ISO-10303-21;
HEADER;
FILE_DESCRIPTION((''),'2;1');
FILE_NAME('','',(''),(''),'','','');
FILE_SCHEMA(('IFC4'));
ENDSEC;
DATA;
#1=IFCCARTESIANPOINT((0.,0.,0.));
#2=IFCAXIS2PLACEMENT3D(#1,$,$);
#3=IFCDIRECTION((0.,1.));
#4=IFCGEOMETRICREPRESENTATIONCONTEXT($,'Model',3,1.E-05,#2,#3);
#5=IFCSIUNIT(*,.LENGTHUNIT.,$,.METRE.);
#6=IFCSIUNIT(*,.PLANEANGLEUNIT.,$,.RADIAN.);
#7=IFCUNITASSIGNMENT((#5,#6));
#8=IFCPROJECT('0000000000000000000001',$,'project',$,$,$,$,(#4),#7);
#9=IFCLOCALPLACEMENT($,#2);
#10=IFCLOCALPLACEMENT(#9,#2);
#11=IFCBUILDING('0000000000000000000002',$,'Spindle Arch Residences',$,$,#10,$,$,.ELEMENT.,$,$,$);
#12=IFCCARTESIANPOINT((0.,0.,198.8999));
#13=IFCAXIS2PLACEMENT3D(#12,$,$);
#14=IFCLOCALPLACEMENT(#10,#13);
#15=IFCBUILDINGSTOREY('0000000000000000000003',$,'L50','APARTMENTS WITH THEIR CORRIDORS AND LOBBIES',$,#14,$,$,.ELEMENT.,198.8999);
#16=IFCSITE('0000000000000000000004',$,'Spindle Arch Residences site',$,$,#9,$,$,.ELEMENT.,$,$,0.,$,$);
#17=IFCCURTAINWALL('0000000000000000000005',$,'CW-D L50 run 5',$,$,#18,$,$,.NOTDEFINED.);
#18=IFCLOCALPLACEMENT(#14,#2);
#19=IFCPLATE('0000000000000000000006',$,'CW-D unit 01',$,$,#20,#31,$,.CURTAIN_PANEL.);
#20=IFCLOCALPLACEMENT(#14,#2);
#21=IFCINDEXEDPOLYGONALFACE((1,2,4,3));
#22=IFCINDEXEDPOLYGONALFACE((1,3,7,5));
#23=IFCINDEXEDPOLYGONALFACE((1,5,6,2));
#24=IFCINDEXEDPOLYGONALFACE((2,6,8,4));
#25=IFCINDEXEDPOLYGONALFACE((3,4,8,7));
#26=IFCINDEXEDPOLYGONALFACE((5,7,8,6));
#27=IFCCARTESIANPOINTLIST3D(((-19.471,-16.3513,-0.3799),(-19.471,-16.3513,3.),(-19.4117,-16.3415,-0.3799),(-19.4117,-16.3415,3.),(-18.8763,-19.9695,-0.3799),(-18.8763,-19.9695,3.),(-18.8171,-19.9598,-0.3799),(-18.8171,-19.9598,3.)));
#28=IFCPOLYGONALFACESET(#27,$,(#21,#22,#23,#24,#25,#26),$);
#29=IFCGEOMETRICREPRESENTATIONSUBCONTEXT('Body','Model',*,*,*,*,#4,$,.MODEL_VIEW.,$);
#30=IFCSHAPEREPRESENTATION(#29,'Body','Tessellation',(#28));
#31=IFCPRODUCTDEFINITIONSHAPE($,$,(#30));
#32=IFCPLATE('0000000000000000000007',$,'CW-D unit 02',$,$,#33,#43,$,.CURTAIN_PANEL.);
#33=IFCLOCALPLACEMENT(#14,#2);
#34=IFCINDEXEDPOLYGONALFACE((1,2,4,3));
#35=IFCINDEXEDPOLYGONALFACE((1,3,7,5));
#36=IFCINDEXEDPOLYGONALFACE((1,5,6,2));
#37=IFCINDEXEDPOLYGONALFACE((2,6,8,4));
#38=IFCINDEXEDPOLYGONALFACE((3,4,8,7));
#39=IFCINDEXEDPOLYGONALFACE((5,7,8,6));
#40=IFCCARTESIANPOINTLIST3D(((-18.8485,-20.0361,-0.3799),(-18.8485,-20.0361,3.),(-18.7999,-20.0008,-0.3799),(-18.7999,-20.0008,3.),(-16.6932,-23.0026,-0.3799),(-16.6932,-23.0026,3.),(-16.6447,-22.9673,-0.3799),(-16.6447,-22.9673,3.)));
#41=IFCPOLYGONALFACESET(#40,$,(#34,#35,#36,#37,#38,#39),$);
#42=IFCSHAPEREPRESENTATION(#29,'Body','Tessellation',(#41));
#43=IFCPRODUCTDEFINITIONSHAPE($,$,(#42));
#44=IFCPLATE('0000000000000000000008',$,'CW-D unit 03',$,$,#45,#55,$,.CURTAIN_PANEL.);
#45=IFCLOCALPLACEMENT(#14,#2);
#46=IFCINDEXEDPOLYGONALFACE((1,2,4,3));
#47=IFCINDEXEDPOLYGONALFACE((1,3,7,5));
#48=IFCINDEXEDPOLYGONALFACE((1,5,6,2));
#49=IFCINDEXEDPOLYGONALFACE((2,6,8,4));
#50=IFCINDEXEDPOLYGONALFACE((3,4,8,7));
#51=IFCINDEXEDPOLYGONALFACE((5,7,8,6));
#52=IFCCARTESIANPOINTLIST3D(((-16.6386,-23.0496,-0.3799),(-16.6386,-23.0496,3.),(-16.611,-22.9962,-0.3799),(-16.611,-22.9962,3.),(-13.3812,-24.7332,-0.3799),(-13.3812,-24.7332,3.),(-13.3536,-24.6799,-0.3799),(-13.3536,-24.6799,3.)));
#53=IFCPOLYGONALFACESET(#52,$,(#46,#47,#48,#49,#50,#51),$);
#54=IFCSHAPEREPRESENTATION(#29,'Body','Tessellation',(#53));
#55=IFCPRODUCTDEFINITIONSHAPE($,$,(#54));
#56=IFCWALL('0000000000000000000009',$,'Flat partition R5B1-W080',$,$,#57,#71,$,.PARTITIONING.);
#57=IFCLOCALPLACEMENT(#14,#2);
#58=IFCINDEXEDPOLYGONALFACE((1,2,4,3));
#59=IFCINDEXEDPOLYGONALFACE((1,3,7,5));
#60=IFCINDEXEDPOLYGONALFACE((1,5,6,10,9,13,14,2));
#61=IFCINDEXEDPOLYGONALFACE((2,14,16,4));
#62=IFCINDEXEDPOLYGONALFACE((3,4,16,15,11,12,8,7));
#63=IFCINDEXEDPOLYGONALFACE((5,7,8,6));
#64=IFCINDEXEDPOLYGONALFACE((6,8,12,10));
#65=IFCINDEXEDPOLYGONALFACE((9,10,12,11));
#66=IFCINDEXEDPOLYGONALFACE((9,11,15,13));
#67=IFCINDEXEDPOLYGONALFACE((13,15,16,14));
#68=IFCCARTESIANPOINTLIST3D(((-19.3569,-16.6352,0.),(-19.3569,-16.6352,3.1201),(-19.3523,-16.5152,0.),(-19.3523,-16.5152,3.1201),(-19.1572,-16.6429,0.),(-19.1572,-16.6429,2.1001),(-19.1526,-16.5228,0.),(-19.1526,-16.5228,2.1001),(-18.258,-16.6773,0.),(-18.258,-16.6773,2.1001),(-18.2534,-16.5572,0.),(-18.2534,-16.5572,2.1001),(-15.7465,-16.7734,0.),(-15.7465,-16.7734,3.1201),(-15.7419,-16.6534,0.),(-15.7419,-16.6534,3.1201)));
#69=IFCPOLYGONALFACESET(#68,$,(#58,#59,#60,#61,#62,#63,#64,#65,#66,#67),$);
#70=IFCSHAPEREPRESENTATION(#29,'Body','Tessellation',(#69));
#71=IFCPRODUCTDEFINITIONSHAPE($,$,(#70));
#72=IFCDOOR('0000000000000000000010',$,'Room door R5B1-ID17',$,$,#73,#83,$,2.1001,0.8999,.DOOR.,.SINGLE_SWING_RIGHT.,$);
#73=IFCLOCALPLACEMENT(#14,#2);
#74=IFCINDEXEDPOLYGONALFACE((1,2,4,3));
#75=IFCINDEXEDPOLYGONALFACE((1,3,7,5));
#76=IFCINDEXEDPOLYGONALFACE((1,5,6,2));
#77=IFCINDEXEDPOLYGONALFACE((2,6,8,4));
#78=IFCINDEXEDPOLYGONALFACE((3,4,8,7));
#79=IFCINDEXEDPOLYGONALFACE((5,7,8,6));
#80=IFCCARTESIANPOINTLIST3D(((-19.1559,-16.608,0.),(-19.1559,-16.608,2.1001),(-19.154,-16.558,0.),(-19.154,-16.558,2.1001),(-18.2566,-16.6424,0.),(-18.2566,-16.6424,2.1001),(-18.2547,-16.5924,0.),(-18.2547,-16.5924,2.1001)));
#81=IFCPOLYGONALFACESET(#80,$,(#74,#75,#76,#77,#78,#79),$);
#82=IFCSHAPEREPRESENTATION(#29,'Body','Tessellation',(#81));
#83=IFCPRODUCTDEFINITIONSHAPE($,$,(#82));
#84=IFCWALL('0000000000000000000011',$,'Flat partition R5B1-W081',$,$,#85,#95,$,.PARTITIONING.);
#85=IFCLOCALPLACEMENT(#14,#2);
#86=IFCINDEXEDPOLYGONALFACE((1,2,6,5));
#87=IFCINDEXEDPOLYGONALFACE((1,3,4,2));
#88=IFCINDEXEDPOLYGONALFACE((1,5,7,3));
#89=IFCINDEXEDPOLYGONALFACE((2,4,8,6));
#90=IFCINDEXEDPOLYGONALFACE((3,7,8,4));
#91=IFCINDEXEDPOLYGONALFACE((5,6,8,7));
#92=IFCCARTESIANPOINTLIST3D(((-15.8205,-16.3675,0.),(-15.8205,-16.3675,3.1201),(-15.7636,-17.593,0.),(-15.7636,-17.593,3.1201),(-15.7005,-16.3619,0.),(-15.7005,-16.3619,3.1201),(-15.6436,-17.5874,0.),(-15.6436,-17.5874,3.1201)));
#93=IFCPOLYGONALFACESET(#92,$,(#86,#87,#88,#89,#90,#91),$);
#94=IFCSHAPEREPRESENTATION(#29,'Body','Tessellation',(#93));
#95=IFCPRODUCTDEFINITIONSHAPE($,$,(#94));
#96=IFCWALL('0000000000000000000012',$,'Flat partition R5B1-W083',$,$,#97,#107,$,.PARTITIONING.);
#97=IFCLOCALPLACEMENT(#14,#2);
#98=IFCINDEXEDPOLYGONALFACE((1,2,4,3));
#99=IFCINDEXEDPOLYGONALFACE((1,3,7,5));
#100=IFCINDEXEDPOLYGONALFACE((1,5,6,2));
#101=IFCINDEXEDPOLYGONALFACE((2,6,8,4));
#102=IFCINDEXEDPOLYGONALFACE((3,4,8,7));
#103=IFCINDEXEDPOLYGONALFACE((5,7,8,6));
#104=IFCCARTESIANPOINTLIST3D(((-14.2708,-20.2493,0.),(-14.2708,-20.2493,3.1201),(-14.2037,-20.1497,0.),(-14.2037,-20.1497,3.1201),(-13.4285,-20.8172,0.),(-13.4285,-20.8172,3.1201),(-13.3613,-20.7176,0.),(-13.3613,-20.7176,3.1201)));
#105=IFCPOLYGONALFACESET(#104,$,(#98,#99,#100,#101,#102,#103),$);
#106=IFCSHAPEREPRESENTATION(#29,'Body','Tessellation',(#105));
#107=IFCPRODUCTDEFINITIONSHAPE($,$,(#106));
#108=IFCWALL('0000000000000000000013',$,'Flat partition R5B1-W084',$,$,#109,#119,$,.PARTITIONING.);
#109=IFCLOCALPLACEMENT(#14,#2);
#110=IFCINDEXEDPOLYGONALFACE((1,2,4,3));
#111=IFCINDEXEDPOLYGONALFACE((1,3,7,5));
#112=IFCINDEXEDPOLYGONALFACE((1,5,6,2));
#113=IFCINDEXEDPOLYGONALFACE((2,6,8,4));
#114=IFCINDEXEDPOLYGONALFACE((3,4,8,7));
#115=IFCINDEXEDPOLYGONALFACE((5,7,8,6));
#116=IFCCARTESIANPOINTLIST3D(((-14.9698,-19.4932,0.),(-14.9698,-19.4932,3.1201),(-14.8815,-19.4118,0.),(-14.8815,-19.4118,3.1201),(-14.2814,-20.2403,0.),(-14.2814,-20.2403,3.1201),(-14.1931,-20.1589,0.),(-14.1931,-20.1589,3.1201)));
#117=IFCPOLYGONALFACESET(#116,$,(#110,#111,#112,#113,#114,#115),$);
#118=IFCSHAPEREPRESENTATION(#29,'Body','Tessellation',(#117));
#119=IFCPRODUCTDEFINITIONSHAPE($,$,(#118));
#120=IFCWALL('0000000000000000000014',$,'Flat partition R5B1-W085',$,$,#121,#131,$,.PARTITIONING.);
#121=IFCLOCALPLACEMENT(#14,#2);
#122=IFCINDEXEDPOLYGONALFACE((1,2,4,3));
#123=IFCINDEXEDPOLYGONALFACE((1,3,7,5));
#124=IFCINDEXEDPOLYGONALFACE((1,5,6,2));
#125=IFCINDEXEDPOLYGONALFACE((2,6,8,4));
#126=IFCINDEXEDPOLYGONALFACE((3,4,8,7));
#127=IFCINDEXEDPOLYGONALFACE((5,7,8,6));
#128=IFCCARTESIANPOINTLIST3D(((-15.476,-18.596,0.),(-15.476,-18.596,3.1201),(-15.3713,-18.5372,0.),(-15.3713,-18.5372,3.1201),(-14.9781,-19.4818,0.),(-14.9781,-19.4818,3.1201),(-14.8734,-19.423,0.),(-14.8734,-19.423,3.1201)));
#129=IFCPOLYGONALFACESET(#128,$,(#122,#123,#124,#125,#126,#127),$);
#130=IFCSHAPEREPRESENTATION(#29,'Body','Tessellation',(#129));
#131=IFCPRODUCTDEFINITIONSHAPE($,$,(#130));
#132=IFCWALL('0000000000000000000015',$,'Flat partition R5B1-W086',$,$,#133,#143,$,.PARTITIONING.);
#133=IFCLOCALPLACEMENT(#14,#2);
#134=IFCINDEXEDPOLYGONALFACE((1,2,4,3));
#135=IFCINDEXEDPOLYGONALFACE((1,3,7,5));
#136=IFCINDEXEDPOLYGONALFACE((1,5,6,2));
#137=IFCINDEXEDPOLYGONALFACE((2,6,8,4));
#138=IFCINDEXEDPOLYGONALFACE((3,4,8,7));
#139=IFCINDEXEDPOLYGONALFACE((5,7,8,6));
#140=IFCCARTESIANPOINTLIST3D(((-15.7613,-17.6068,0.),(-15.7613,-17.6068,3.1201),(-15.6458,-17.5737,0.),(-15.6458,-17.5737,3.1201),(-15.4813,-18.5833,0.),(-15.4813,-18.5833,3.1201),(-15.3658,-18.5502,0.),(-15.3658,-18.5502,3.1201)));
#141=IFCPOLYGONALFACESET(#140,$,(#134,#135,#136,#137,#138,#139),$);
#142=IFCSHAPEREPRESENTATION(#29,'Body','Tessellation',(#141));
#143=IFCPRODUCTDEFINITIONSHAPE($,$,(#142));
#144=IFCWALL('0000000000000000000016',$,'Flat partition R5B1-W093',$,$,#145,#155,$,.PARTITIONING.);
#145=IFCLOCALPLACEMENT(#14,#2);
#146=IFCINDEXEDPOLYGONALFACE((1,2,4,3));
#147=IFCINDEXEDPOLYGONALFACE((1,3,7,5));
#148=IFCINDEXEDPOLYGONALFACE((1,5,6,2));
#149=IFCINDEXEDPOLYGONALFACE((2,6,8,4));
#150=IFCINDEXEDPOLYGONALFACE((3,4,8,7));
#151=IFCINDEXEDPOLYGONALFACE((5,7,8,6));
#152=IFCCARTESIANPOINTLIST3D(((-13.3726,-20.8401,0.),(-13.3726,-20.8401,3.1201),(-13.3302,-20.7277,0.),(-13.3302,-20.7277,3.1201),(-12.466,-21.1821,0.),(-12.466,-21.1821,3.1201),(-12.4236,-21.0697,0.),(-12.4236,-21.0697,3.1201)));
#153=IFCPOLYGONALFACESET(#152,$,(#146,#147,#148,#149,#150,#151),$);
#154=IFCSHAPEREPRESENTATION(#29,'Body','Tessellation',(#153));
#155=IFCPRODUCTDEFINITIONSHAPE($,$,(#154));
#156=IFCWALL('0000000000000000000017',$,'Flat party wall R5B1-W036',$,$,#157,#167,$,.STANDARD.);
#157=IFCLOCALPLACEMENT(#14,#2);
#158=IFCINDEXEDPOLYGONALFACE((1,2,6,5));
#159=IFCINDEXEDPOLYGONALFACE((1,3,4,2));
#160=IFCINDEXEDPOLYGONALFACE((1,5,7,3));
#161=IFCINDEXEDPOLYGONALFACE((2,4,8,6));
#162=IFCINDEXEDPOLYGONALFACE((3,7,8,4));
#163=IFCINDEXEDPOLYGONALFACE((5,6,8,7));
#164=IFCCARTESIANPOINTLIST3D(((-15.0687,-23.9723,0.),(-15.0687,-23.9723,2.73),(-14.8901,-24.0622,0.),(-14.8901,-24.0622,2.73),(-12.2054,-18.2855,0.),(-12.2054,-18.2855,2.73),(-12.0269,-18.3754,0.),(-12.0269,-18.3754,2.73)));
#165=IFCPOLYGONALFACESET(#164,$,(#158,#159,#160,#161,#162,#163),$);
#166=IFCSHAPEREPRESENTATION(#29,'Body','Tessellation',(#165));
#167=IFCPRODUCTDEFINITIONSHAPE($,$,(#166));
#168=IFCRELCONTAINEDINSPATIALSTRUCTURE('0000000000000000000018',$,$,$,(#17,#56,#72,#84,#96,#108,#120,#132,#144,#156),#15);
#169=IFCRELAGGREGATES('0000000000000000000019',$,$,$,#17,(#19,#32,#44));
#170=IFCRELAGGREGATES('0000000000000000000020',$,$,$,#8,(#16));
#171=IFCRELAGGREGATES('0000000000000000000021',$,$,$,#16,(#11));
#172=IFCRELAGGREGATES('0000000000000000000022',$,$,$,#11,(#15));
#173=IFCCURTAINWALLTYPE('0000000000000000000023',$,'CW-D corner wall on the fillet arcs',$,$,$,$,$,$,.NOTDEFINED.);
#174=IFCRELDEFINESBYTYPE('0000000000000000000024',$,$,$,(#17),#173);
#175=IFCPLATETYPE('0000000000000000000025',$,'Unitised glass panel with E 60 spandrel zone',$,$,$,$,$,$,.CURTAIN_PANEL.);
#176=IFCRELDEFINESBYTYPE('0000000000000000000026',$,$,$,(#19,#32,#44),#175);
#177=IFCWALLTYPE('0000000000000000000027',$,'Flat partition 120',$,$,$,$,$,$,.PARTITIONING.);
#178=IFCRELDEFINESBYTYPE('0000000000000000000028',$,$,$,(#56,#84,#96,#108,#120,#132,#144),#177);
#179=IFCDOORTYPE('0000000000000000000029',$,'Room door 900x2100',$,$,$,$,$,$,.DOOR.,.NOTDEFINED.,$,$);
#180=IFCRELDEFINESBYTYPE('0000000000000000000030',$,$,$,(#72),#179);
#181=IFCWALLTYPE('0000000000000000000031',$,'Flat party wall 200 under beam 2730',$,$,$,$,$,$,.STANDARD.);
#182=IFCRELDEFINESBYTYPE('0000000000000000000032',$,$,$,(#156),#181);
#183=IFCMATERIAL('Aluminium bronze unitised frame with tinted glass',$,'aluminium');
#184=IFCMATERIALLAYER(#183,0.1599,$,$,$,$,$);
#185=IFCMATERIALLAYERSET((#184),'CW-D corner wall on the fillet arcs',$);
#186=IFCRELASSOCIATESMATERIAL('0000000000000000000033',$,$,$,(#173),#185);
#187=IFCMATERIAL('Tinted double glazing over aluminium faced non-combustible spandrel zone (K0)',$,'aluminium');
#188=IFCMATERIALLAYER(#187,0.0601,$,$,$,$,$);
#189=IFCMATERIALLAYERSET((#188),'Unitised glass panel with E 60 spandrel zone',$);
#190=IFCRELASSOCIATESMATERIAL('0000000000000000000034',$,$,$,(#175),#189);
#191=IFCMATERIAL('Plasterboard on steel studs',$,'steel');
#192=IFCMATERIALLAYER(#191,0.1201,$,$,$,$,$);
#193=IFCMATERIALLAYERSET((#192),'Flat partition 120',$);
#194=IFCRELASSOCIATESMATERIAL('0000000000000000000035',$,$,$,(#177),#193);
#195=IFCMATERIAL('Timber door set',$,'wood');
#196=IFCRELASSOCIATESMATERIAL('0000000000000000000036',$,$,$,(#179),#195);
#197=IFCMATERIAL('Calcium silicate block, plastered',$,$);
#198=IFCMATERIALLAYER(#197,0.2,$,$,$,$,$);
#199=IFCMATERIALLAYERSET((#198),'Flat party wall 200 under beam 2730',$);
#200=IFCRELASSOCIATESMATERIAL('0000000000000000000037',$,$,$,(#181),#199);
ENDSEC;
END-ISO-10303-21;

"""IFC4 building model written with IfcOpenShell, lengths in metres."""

from ifc_helpers import new_model, si_unit, direction, frame, frame_2d, origin, origin_2d, place, context, subcontext, project, spatial, rectangle, extrude, material, layer, layer_set, type_object, element, fill, aggregate, save


model = new_model("IFC4")

# Units and contexts
model_context = context("Model", 3, precision=1e-05, world=origin(), true_north=direction((0.0, 1.0)))
body_context = subcontext(model_context, "Body", "Model", "MODEL_VIEW")
ifc_project = project(units=[si_unit("LENGTHUNIT", "METRE"), si_unit("PLANEANGLEUNIT", "RADIAN")], contexts=[model_context])

# Site, building, storey
site_placement = place(None, origin())
site = spatial("IfcSite", under=ifc_project, at=site_placement, Name="Spindle Arch Residences site", CompositionType="ELEMENT", RefElevation=0.0)
building_placement = place(site_placement, origin())
building = spatial("IfcBuilding", under=site, at=building_placement, Name="Spindle Arch Residences", CompositionType="ELEMENT")
storey_placement = place(building_placement, frame((0.0, 0.0, 198.8999)))
storey = spatial("IfcBuildingStorey", under=building, at=storey_placement, Name="L50", Description="APARTMENTS WITH THEIR CORRIDORS AND LOBBIES", CompositionType="ELEMENT", Elevation=198.8999)

# Curtain wall
ifc_material_1 = material(Name="Aluminium bronze unitised frame with tinted glass", Category="aluminium")
ifc_layer_1 = layer(ifc_material_1, 0.1599)
ifc_layer_set_1 = layer_set([ifc_layer_1], Name="CW-D corner wall on the fillet arcs")
curtain_wall_type = type_object("IfcCurtainWallType", Name="CW-D corner wall on the fillet arcs", PredefinedType="NOTDEFINED", material=ifc_layer_set_1)
curtain_wall_placement = place(storey_placement, origin())
curtain_wall = element("IfcCurtainWall", 1, at=curtain_wall_placement, inside=storey, type_object=curtain_wall_type, Name="CW-D L50 run 5", PredefinedType="NOTDEFINED")

# Plates
ifc_material_2 = material(Name="Tinted double glazing over aluminium faced non-combustible spandrel zone (K0)", Category="aluminium")
ifc_layer_2 = layer(ifc_material_2, 0.0601)
ifc_layer_set_2 = layer_set([ifc_layer_2], Name="Unitised glass panel with E 60 spandrel zone")
plate_type = type_object("IfcPlateType", Name="Unitised glass panel with E 60 spandrel zone", PredefinedType="CURTAIN_PANEL", material=ifc_layer_set_2)
plate_1_placement = place(storey_placement, frame((-19.144, -18.1555, -0.3799), z_axis=(0.0, 0.0, 1.0), x_axis=(0.162178, -0.986762, 0.0)))
plate_1 = element("IfcPlate", 2, at=plate_1_placement, type_object=plate_type, Name="CW-D unit 01", PredefinedType="CURTAIN_PANEL", context=body_context, shape_type="SweptSolid", body=[
    extrude(rectangle(XDim=3.6667, YDim=0.0601, at=origin_2d()), origin(), (0.0, 0.0, 1.0), 3.3799),
])
plate_2_placement = place(storey_placement, frame((-17.7466, -21.5017, -0.3799), z_axis=(0.0, 0.0, 1.0), x_axis=(0.587785, -0.809017, 0.0)))
plate_2 = element("IfcPlate", 3, at=plate_2_placement, type_object=plate_type, Name="CW-D unit 02", PredefinedType="CURTAIN_PANEL", context=body_context, shape_type="SweptSolid", body=[
    extrude(rectangle(XDim=3.6667, YDim=0.0601, at=origin_2d()), origin(), (0.0, 0.0, 1.0), 3.3799),
])
plate_3_placement = place(storey_placement, frame((-14.9961, -23.8647, -0.3799), z_axis=(0.0, 0.0, 1.0), x_axis=(0.88835, -0.459166, 0.0)))
plate_3 = element("IfcPlate", 4, at=plate_3_placement, type_object=plate_type, Name="CW-D unit 03", PredefinedType="CURTAIN_PANEL", context=body_context, shape_type="SweptSolid", body=[
    extrude(rectangle(XDim=3.6667, YDim=0.0601, at=origin_2d()), origin(), (0.0, 0.0, 1.0), 3.3799),
])
aggregate(curtain_wall, [plate_1, plate_2, plate_3])

# Wall, opening, door
ifc_material_3 = material(Name="Plasterboard on steel studs", Category="steel")
ifc_layer_3 = layer(ifc_material_3, 0.1201)
ifc_layer_set_3 = layer_set([ifc_layer_3], Name="Flat partition 120")
wall_type_1 = type_object("IfcWallType", Name="Flat partition 120", PredefinedType="PARTITIONING", material=ifc_layer_set_3)
wall_1_placement = place(storey_placement, frame((-19.3547, -16.5752, 0.0), z_axis=(0.0, 0.0, 1.0), x_axis=(0.999268, -0.038246, 0.0)))
wall_1 = element("IfcWall", 5, at=wall_1_placement, inside=storey, type_object=wall_type_1, Name="Flat partition R5B1-W080", PredefinedType="PARTITIONING", context=body_context, shape_type="SweptSolid", body=[
    extrude(rectangle(XDim=3.613, YDim=0.1201, at=frame_2d((1.8066, 0.0))), origin(), (0.0, 0.0, 1.0), 3.1201),
])
opening_placement = place(wall_1_placement, frame((0.2, 0.0, 0.0)))
opening = element("IfcOpeningElement", 6, at=opening_placement, cuts=wall_1, PredefinedType="OPENING", context=body_context, shape_type="SweptSolid", body=[
    extrude(rectangle(XDim=0.8999, YDim=2.1001, at=frame_2d((0.45, 1.05))), frame((0.0, 0.0701, 0.0), z_axis=(0.0, -1.0, 0.0), x_axis=(1.0, 0.0, 0.0)), (0.0, 0.0, 1.0), 0.1401),
])
ifc_material_4 = material(Name="Timber door set", Category="wood")
door_type = type_object("IfcDoorType", Name="Room door 900x2100", OperationType="NOTDEFINED", PredefinedType="DOOR", material=ifc_material_4)
door_placement = place(opening_placement, origin())
door = element("IfcDoor", 7, at=door_placement, inside=storey, type_object=door_type, Name="Room door R5B1-ID17", OperationType="SINGLE_SWING_RIGHT", OverallHeight=2.1001, OverallWidth=0.8999, PredefinedType="DOOR", context=body_context, shape_type="SweptSolid", body=[
    extrude(rectangle(XDim=0.8999, YDim=2.1001, at=frame_2d((0.45, 1.05))), frame((0.0, 0.0249, 0.0), z_axis=(0.0, -1.0, 0.0), x_axis=(1.0, 0.0, 0.0)), (0.0, 0.0, 1.0), 0.05),
])
fill(opening, door)

# Walls
wall_2_placement = place(storey_placement, frame((-15.7036, -17.5901, 0.0), z_axis=(0.0, 0.0, 1.0), x_axis=(-0.046364, 0.998925, 0.0)))
element("IfcWall", 8, at=wall_2_placement, inside=storey, type_object=wall_type_1, Name="Flat partition R5B1-W081", PredefinedType="PARTITIONING", context=body_context, shape_type="SweptSolid", body=[
    extrude(rectangle(XDim=1.2268, YDim=0.1201, at=frame_2d((0.6133, 0.0))), origin(), (0.0, 0.0, 1.0), 3.1201),
])
for number, where, z_axis, x_axis, name in (
    (9, (-13.395, -20.7673, 0.0), (0.0, 0.0, 1.0), (-0.829155, 0.559019, 0.0), "Flat partition R5B1-W083"),
    (10, (-14.2373, -20.1995, 0.0), (0.0, 0.0, 1.0), (-0.677681, 0.735356, 0.0), "Flat partition R5B1-W084"),
):
    element("IfcWall", number, at=place(storey_placement, frame(where, z_axis=z_axis, x_axis=x_axis)), inside=storey, type_object=wall_type_1, Name=name, PredefinedType="PARTITIONING", context=body_context, shape_type="SweptSolid", body=[
        extrude(rectangle(XDim=1.0159, YDim=0.1201, at=frame_2d((0.5078, 0.0))), origin(), (0.0, 0.0, 1.0), 3.1201),
    ])
wall_3_placement = place(storey_placement, frame((-14.9258, -19.4524, 0.0), z_axis=(0.0, 0.0, 1.0), x_axis=(-0.489942, 0.871755, 0.0)))
element("IfcWall", 11, at=wall_3_placement, inside=storey, type_object=wall_type_1, Name="Flat partition R5B1-W085", PredefinedType="PARTITIONING", context=body_context, shape_type="SweptSolid", body=[
    extrude(rectangle(XDim=1.0161, YDim=0.1201, at=frame_2d((0.5081, 0.0))), origin(), (0.0, 0.0, 1.0), 3.1201),
])
wall_4_placement = place(storey_placement, frame((-15.4236, -18.5667, 0.0), z_axis=(0.0, 0.0, 1.0), x_axis=(-0.275641, 0.961261, 0.0)))
element("IfcWall", 12, at=wall_4_placement, inside=storey, type_object=wall_type_1, Name="Flat partition R5B1-W086", PredefinedType="PARTITIONING", context=body_context, shape_type="SweptSolid", body=[
    extrude(rectangle(XDim=1.0159, YDim=0.1201, at=frame_2d((0.5078, 0.0))), origin(), (0.0, 0.0, 1.0), 3.1201),
])
wall_5_placement = place(storey_placement, frame((-13.3513, -20.7839, 0.0), z_axis=(0.0, 0.0, 1.0), x_axis=(0.935644, -0.352945, 0.0)))
element("IfcWall", 13, at=wall_5_placement, inside=storey, type_object=wall_type_1, Name="Flat partition R5B1-W093", PredefinedType="PARTITIONING", context=body_context, shape_type="SweptSolid", body=[
    extrude(rectangle(XDim=0.969, YDim=0.1201, at=frame_2d((0.4844, 0.0))), origin(), (0.0, 0.0, 1.0), 3.1201),
])
ifc_material_5 = material(Name="Calcium silicate block, plastered")
ifc_layer_4 = layer(ifc_material_5, 0.2)
ifc_layer_set_4 = layer_set([ifc_layer_4], Name="Flat party wall 200 under beam 2730")
wall_type_2 = type_object("IfcWallType", Name="Flat party wall 200 under beam 2730", PredefinedType="STANDARD", material=ifc_layer_set_4)
wall_6_placement = place(storey_placement, frame((-14.9795, -24.0173, 0.0), z_axis=(0.0, 0.0, 1.0), x_axis=(0.449712, 0.893174, 0.0)))
element("IfcWall", 14, at=wall_6_placement, inside=storey, type_object=wall_type_2, Name="Flat party wall R5B1-W036", PredefinedType="STANDARD", context=body_context, shape_type="SweptSolid", body=[
    extrude(rectangle(XDim=6.3669, YDim=0.2, at=frame_2d((3.1836, 0.0))), origin(), (0.0, 0.0, 1.0), 2.73),
])

save(model, "model.ifc")
